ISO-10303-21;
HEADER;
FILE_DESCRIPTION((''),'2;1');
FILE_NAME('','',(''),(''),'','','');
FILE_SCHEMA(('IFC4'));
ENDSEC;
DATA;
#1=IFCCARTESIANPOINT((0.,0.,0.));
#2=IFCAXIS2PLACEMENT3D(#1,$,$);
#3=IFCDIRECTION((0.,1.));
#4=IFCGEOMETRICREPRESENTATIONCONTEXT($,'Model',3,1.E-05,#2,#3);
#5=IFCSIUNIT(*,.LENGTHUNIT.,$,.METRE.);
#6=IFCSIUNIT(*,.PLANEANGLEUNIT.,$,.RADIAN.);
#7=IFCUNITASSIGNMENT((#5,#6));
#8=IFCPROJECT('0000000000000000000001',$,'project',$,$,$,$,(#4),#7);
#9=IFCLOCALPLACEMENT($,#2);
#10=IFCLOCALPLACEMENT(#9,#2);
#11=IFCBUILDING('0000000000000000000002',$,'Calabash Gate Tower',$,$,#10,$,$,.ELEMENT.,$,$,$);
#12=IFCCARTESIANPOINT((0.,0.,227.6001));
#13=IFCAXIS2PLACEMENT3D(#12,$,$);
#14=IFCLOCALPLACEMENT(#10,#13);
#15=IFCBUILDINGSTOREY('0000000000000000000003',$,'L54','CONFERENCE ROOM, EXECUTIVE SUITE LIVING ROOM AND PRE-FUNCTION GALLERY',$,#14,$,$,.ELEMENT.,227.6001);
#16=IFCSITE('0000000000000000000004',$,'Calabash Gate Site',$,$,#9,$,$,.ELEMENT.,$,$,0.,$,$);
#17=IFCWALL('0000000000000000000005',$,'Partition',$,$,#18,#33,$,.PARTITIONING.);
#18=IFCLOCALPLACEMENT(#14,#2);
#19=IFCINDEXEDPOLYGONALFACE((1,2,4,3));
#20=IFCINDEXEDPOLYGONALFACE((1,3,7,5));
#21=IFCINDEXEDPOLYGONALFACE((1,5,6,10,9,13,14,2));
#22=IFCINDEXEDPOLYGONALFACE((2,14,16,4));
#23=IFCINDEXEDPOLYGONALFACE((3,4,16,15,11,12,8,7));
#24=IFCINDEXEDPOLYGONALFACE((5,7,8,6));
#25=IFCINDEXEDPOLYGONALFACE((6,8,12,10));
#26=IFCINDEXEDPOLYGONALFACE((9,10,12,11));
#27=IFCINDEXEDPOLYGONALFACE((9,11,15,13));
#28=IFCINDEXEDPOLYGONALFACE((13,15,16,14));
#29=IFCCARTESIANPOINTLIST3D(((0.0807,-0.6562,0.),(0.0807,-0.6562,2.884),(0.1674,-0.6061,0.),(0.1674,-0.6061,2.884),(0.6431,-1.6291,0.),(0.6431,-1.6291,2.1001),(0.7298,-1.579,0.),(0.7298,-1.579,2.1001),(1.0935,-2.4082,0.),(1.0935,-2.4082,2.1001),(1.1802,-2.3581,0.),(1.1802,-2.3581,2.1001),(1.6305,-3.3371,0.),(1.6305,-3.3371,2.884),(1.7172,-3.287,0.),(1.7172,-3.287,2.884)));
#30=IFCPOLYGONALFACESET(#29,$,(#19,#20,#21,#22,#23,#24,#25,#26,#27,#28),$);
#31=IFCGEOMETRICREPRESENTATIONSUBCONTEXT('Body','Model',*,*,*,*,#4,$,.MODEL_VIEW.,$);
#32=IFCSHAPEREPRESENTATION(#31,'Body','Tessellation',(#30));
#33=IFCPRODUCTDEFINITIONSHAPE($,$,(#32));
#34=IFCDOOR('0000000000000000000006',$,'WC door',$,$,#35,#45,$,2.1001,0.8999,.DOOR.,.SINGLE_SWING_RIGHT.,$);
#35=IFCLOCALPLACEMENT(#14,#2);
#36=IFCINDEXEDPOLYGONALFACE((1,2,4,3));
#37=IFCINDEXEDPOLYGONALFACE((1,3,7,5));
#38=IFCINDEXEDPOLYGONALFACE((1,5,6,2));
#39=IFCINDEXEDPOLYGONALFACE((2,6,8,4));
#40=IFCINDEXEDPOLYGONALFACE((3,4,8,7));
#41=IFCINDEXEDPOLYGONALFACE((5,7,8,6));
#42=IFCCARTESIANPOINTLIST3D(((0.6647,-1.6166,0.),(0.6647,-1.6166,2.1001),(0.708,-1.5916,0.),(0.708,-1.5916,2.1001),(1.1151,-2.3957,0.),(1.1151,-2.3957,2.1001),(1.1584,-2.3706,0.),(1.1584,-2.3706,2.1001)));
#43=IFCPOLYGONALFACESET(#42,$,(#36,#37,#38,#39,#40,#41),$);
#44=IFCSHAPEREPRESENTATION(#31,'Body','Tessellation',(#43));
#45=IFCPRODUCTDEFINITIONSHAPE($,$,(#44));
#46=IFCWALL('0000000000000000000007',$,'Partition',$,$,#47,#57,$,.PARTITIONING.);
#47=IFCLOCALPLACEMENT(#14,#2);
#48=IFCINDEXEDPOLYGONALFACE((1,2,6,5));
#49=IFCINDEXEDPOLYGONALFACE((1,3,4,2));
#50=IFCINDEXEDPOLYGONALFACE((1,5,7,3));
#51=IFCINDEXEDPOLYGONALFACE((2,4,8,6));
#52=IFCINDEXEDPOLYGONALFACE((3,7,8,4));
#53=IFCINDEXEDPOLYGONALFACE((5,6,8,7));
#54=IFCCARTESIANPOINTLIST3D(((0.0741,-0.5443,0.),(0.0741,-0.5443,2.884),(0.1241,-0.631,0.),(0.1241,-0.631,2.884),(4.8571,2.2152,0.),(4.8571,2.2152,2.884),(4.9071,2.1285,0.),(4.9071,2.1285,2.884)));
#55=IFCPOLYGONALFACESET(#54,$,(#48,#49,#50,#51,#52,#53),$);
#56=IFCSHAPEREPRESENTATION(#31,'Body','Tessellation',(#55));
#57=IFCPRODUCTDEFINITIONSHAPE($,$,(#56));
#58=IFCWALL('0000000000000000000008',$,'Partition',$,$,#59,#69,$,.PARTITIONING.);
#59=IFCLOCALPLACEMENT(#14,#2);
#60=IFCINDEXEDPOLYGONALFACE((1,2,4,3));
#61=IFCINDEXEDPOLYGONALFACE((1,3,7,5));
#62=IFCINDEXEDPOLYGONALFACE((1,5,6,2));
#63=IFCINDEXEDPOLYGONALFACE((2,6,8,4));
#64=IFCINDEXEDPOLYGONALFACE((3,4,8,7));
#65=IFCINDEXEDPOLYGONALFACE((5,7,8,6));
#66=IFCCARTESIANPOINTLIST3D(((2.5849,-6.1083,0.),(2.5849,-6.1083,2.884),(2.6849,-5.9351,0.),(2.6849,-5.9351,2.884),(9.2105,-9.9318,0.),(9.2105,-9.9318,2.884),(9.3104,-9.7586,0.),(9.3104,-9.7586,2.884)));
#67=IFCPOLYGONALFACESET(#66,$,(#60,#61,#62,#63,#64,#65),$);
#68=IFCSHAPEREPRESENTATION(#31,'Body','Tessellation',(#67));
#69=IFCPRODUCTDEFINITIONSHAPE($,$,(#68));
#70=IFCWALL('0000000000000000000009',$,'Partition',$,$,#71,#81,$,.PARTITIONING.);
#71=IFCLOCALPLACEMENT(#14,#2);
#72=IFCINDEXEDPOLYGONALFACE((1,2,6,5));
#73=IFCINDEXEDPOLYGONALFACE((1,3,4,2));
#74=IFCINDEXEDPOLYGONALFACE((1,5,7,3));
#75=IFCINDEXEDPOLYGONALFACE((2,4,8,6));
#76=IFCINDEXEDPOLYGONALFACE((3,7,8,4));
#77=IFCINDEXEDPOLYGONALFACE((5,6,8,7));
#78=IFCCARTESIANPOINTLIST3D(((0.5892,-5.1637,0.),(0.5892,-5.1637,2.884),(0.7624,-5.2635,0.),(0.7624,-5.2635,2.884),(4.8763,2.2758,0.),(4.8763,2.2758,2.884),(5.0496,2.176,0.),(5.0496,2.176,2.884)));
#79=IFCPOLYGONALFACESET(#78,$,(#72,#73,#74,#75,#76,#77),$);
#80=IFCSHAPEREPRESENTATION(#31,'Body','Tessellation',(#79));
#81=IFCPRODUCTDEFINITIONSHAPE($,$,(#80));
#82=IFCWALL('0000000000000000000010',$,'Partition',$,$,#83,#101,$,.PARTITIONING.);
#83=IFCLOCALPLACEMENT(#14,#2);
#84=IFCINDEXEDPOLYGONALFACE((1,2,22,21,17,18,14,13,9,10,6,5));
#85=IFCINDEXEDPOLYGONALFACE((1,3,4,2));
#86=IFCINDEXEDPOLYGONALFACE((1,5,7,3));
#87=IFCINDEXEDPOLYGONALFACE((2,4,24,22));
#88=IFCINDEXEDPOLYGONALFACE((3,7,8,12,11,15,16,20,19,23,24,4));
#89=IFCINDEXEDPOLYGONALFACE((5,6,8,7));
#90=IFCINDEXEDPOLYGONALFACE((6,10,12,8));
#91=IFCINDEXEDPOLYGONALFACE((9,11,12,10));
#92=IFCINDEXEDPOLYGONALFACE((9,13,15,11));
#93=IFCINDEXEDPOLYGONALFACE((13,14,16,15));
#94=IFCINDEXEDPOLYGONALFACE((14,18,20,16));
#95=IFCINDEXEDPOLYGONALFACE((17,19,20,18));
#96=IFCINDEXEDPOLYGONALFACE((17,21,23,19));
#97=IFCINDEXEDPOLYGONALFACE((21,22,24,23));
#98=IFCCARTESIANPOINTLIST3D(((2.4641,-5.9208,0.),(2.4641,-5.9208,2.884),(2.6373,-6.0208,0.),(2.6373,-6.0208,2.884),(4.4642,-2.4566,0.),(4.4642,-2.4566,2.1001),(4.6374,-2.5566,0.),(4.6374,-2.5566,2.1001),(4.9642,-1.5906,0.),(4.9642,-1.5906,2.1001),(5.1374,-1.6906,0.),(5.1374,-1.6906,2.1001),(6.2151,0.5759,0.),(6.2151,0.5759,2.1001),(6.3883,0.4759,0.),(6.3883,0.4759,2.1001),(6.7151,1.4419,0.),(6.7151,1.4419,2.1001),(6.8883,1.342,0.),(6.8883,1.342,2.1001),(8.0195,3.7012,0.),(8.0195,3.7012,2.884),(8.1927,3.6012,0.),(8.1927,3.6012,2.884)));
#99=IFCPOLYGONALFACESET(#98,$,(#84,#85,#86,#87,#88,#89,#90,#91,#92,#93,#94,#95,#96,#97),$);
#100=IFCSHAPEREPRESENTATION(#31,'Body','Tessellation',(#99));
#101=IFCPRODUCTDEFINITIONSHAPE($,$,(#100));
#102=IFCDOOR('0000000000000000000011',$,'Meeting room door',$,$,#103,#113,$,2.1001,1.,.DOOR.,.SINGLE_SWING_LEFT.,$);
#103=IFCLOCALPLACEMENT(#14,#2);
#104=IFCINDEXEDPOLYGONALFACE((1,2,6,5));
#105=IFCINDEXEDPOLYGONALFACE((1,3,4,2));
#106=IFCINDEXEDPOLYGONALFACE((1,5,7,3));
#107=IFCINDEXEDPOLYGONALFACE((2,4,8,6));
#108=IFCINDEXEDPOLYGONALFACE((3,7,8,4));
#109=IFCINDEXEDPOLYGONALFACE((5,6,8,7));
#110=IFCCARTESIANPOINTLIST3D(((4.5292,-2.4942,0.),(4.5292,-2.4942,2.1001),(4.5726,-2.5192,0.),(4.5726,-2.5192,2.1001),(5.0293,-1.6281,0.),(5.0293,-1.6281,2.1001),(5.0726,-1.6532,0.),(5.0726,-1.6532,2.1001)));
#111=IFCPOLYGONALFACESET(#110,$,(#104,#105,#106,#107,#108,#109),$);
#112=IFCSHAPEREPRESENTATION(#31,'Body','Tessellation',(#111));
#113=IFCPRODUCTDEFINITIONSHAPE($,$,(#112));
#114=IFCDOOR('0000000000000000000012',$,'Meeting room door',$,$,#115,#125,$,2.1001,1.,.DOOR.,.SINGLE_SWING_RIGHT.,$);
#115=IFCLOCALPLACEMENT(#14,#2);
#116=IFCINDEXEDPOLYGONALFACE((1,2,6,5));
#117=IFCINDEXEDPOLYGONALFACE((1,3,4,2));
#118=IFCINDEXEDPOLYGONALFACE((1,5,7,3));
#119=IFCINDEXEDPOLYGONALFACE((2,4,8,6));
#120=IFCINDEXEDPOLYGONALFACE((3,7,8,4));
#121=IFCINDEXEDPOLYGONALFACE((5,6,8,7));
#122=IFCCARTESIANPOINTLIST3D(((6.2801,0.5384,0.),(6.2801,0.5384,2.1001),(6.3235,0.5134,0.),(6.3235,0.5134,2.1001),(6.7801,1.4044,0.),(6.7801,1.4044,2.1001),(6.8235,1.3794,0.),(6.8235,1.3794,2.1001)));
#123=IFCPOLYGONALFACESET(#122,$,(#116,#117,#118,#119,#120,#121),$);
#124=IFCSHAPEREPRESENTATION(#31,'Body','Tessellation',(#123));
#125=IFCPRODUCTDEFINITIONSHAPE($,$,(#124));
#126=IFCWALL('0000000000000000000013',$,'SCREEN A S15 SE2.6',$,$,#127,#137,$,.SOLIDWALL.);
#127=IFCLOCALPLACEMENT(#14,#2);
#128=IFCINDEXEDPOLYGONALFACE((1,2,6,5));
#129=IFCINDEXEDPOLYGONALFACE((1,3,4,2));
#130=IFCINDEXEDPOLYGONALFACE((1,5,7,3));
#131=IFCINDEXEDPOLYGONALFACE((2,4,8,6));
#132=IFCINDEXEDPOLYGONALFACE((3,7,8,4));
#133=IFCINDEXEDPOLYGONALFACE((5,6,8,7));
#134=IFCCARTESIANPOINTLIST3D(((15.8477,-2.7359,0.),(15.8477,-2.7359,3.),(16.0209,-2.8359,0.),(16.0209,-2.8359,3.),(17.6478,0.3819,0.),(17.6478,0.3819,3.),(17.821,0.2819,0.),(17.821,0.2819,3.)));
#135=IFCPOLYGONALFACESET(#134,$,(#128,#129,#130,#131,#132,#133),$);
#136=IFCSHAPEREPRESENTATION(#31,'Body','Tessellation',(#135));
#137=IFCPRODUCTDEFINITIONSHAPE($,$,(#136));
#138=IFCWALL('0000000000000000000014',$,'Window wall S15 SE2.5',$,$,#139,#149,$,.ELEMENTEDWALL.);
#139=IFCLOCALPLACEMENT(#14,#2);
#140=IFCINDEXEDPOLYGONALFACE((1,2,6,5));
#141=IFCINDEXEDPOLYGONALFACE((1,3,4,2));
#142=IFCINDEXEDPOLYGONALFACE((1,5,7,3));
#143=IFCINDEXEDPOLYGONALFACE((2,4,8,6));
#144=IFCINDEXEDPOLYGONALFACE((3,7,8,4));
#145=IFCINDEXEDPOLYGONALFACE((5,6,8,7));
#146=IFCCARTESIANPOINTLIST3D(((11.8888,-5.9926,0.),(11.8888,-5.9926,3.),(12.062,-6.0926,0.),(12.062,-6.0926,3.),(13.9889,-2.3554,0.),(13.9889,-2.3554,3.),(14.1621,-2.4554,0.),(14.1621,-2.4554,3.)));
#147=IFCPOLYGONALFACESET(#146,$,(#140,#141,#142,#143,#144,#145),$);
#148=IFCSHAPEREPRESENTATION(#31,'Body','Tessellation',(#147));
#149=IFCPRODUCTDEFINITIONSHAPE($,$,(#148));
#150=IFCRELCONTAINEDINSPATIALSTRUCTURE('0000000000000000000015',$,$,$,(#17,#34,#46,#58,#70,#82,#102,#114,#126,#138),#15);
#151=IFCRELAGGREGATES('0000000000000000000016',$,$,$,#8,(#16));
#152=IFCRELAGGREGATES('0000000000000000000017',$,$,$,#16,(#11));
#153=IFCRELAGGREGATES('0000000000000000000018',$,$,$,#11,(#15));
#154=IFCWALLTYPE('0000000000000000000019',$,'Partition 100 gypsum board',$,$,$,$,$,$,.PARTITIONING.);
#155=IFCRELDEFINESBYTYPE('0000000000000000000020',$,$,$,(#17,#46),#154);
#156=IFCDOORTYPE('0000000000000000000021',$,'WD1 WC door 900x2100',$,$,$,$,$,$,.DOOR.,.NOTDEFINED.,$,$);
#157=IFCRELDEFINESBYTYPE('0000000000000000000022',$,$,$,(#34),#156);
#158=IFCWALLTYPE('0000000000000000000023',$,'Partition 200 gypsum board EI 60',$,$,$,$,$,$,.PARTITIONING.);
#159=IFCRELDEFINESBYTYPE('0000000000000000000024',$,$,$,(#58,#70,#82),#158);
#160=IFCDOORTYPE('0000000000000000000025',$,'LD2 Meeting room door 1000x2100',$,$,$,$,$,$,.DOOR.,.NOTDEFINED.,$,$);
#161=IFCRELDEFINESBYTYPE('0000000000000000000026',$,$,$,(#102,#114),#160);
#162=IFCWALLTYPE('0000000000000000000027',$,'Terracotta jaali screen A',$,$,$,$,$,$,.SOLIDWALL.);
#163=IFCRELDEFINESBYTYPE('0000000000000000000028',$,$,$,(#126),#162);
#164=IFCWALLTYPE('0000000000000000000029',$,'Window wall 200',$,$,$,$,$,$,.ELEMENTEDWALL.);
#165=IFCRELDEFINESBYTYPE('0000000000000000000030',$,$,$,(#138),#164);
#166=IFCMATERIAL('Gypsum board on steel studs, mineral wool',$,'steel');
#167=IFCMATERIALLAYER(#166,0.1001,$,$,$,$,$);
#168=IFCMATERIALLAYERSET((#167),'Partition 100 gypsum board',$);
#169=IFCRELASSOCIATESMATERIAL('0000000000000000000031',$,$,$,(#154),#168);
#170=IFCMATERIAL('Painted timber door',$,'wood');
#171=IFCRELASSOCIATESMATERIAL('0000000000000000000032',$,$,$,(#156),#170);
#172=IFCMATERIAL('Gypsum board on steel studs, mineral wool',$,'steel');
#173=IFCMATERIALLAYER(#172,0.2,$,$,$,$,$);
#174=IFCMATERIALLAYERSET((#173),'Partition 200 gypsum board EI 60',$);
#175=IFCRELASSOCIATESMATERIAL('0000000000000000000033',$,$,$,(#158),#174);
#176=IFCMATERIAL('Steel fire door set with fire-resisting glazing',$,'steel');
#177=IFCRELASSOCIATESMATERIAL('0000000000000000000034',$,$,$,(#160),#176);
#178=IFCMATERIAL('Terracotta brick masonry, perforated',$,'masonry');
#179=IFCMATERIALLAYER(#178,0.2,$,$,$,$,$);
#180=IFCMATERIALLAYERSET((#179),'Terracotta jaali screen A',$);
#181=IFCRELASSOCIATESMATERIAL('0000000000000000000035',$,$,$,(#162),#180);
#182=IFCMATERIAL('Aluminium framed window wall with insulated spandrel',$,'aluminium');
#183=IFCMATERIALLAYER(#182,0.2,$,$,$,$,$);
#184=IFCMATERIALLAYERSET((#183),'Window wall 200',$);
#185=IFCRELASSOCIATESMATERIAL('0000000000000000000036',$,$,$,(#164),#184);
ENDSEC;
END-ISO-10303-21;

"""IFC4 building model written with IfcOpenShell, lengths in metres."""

from ifc_helpers import new_model, si_unit, direction, frame, frame_2d, origin, place, context, subcontext, project, spatial, rectangle, extrude, material, layer, layer_set, type_object, element, fill, save


model = new_model("IFC4")

# Units and contexts
model_context = context("Model", 3, precision=1e-05, world=origin(), true_north=direction((0.0, 1.0)))
body_context = subcontext(model_context, "Body", "Model", "MODEL_VIEW")
ifc_project = project(units=[si_unit("LENGTHUNIT", "METRE"), si_unit("PLANEANGLEUNIT", "RADIAN")], contexts=[model_context])

# Site, building, storey
site_placement = place(None, origin())
site = spatial("IfcSite", under=ifc_project, at=site_placement, Name="Calabash Gate Site", CompositionType="ELEMENT", RefElevation=0.0)
building_placement = place(site_placement, origin())
building = spatial("IfcBuilding", under=site, at=building_placement, Name="Calabash Gate Tower", CompositionType="ELEMENT")
storey_placement = place(building_placement, frame((0.0, 0.0, 227.6001)))
storey = spatial("IfcBuildingStorey", under=building, at=storey_placement, Name="L54", Description="CONFERENCE ROOM, EXECUTIVE SUITE LIVING ROOM AND PRE-FUNCTION GALLERY", CompositionType="ELEMENT", Elevation=227.6001)

# Wall, opening, door
ifc_material_1 = material(Name="Gypsum board on steel studs, mineral wool", Category="steel")
ifc_layer_1 = layer(ifc_material_1, 0.1001)
ifc_layer_set_1 = layer_set([ifc_layer_1], Name="Partition 100 gypsum board")
wall_type_1 = type_object("IfcWallType", Name="Partition 100 gypsum board", PredefinedType="PARTITIONING", material=ifc_layer_set_1)
wall_1_placement = place(storey_placement, frame((0.124, -0.6311, 0.0), z_axis=(0.0, 0.0, 1.0), x_axis=(0.50048, -0.865748, 0.0)))
wall_1 = element("IfcWall", 1, at=wall_1_placement, inside=storey, type_object=wall_type_1, Name="Partition", PredefinedType="PARTITIONING", context=body_context, shape_type="SweptSolid", body=[
    extrude(rectangle(XDim=3.0967, YDim=0.1001, at=frame_2d((1.5483, 0.0))), origin(), (0.0, 0.0, 1.0), 2.884),
])
opening_1_placement = place(wall_1_placement, frame((1.1238, 0.0, 0.0)))
opening_1 = element("IfcOpeningElement", 2, at=opening_1_placement, cuts=wall_1, PredefinedType="OPENING", context=body_context, shape_type="SweptSolid", body=[
    extrude(rectangle(XDim=0.8999, YDim=2.1001, at=frame_2d((0.45, 1.05))), frame((0.0, 0.0601, 0.0), z_axis=(0.0, -1.0, 0.0), x_axis=(1.0, 0.0, 0.0)), (0.0, 0.0, 1.0), 0.1201),
])
ifc_material_2 = material(Name="Painted timber door", Category="wood")
door_type_1 = type_object("IfcDoorType", Name="WD1 WC door 900x2100", OperationType="NOTDEFINED", PredefinedType="DOOR", material=ifc_material_2)
door_1_placement = place(opening_1_placement, origin())
door_1 = element("IfcDoor", 3, at=door_1_placement, inside=storey, type_object=door_type_1, Name="WC door", OperationType="SINGLE_SWING_RIGHT", OverallHeight=2.1001, OverallWidth=0.8999, PredefinedType="DOOR", context=body_context, shape_type="SweptSolid", body=[
    extrude(rectangle(XDim=0.8999, YDim=2.1001, at=frame_2d((0.45, 1.05))), frame((0.0, 0.0249, 0.0), z_axis=(0.0, -1.0, 0.0), x_axis=(1.0, 0.0, 0.0)), (0.0, 0.0, 1.0), 0.05),
])
fill(opening_1, door_1)

# Walls
wall_2_placement = place(storey_placement, frame((0.0991, -0.5876, 0.0), z_axis=(0.0, 0.0, 1.0), x_axis=(0.866176, 0.499739, 0.0)))
element("IfcWall", 4, at=wall_2_placement, inside=storey, type_object=wall_type_1, Name="Partition", PredefinedType="PARTITIONING", context=body_context, shape_type="SweptSolid", body=[
    extrude(rectangle(XDim=5.522, YDim=0.1001, at=frame_2d((2.761, 0.0))), origin(), (0.0, 0.0, 1.0), 2.884),
])
ifc_material_3 = material(Name="Gypsum board on steel studs, mineral wool", Category="steel")
ifc_layer_2 = layer(ifc_material_3, 0.2)
ifc_layer_set_2 = layer_set([ifc_layer_2], Name="Partition 200 gypsum board EI 60")
wall_type_2 = type_object("IfcWallType", Name="Partition 200 gypsum board EI 60", PredefinedType="PARTITIONING", material=ifc_layer_set_2)
wall_3_placement = place(storey_placement, frame((2.635, -6.0217, 0.0), z_axis=(0.0, 0.0, 1.0), x_axis=(0.866124, -0.499829, 0.0)))
element("IfcWall", 5, at=wall_3_placement, inside=storey, type_object=wall_type_2, Name="Partition", PredefinedType="PARTITIONING", context=body_context, shape_type="SweptSolid", body=[
    extrude(rectangle(XDim=7.6497, YDim=0.2, at=frame_2d((3.8247, 0.0))), origin(), (0.0, 0.0, 1.0), 2.884),
])
wall_4_placement = place(storey_placement, frame((0.6758, -5.2136, 0.0), z_axis=(0.0, 0.0, 1.0), x_axis=(0.499296, 0.866432, 0.0)))
element("IfcWall", 6, at=wall_4_placement, inside=storey, type_object=wall_type_2, Name="Partition", PredefinedType="PARTITIONING", context=body_context, shape_type="SweptSolid", body=[
    extrude(rectangle(XDim=8.5864, YDim=0.2, at=frame_2d((4.2932, 0.0))), origin(), (0.0, 0.0, 1.0), 2.884),
])

# Wall, openings, doors
wall_5_placement = place(storey_placement, frame((2.5508, -5.9707, 0.0), z_axis=(0.0, 0.0, 1.0), x_axis=(0.500008, 0.866021, 0.0)))
wall_5 = element("IfcWall", 7, at=wall_5_placement, inside=storey, type_object=wall_type_2, Name="Partition", PredefinedType="PARTITIONING", context=body_context, shape_type="SweptSolid", body=[
    extrude(rectangle(XDim=11.1106, YDim=0.2, at=frame_2d((5.5552, 0.0))), origin(), (0.0, 0.0, 1.0), 2.884),
])
opening_2_placement = place(wall_5_placement, frame((4.0, 0.0, 0.0)))
opening_2 = element("IfcOpeningElement", 8, at=opening_2_placement, cuts=wall_5, PredefinedType="OPENING", context=body_context, shape_type="SweptSolid", body=[
    extrude(rectangle(XDim=1.0, YDim=2.1001, at=frame_2d((0.5, 1.05))), frame((0.0, 0.1099, 0.0), z_axis=(0.0, -1.0, 0.0), x_axis=(1.0, 0.0, 0.0)), (0.0, 0.0, 1.0), 0.22),
])
opening_3_placement = place(wall_5_placement, frame((7.5017, 0.0, 0.0)))
opening_3 = element("IfcOpeningElement", 9, at=opening_3_placement, cuts=wall_5, PredefinedType="OPENING", context=body_context, shape_type="SweptSolid", body=[
    extrude(rectangle(XDim=1.0, YDim=2.1001, at=frame_2d((0.5, 1.05))), frame((0.0, 0.1099, 0.0), z_axis=(0.0, -1.0, 0.0), x_axis=(1.0, 0.0, 0.0)), (0.0, 0.0, 1.0), 0.22),
])
ifc_material_4 = material(Name="Steel fire door set with fire-resisting glazing", Category="steel")
door_type_2 = type_object("IfcDoorType", Name="LD2 Meeting room door 1000x2100", OperationType="NOTDEFINED", PredefinedType="DOOR", material=ifc_material_4)
door_2_placement = place(opening_2_placement, origin())
door_2 = element("IfcDoor", 10, at=door_2_placement, inside=storey, type_object=door_type_2, Name="Meeting room door", OperationType="SINGLE_SWING_LEFT", OverallHeight=2.1001, OverallWidth=1.0, PredefinedType="DOOR", context=body_context, shape_type="SweptSolid", body=[
    extrude(rectangle(XDim=1.0, YDim=2.1001, at=frame_2d((0.5, 1.05))), frame((0.0, 0.0249, 0.0), z_axis=(0.0, -1.0, 0.0), x_axis=(1.0, 0.0, 0.0)), (0.0, 0.0, 1.0), 0.05),
])
fill(opening_2, door_2)
door_3_placement = place(opening_3_placement, origin())
door_3 = element("IfcDoor", 11, at=door_3_placement, inside=storey, type_object=door_type_2, Name="Meeting room door", OperationType="SINGLE_SWING_RIGHT", OverallHeight=2.1001, OverallWidth=1.0, PredefinedType="DOOR", context=body_context, shape_type="SweptSolid", body=[
    extrude(rectangle(XDim=1.0, YDim=2.1001, at=frame_2d((0.5, 1.05))), frame((0.0, 0.0249, 0.0), z_axis=(0.0, -1.0, 0.0), x_axis=(1.0, 0.0, 0.0)), (0.0, 0.0, 1.0), 0.05),
])
fill(opening_3, door_3)

# Walls
ifc_material_5 = material(Name="Terracotta brick masonry, perforated", Category="masonry")
ifc_layer_3 = layer(ifc_material_5, 0.2)
ifc_layer_set_3 = layer_set([ifc_layer_3], Name="Terracotta jaali screen A")
wall_type_3 = type_object("IfcWallType", Name="Terracotta jaali screen A", PredefinedType="SOLIDWALL", material=ifc_layer_set_3)
wall_6_placement = place(storey_placement, frame((15.9343, -2.7859, 0.0), z_axis=(0.0, 0.0, 1.0), x_axis=(0.500012, 0.866018, 0.0)))
element("IfcWall", 12, at=wall_6_placement, inside=storey, type_object=wall_type_3, Name="SCREEN A S15 SE2.6", PredefinedType="SOLIDWALL", context=body_context, shape_type="SweptSolid", body=[
    extrude(rectangle(XDim=3.6001, YDim=0.2, at=frame_2d((1.8, 0.0))), origin(), (0.0, 0.0, 1.0), 3.0),
])
ifc_material_6 = material(Name="Aluminium framed window wall with insulated spandrel", Category="aluminium")
ifc_layer_4 = layer(ifc_material_6, 0.2)
ifc_layer_set_4 = layer_set([ifc_layer_4], Name="Window wall 200")
wall_type_4 = type_object("IfcWallType", Name="Window wall 200", PredefinedType="ELEMENTEDWALL", material=ifc_layer_set_4)
wall_7_placement = place(storey_placement, frame((11.9753, -6.0427, 0.0), z_axis=(0.0, 0.0, 1.0), x_axis=(0.500028, 0.866009, 0.0)))
element("IfcWall", 13, at=wall_7_placement, inside=storey, type_object=wall_type_4, Name="Window wall S15 SE2.5", PredefinedType="ELEMENTEDWALL", context=body_context, shape_type="SweptSolid", body=[
    extrude(rectangle(XDim=4.2, YDim=0.2, at=frame_2d((2.1001, 0.0))), origin(), (0.0, 0.0, 1.0), 3.0),
])

save(model, "model.ifc")
